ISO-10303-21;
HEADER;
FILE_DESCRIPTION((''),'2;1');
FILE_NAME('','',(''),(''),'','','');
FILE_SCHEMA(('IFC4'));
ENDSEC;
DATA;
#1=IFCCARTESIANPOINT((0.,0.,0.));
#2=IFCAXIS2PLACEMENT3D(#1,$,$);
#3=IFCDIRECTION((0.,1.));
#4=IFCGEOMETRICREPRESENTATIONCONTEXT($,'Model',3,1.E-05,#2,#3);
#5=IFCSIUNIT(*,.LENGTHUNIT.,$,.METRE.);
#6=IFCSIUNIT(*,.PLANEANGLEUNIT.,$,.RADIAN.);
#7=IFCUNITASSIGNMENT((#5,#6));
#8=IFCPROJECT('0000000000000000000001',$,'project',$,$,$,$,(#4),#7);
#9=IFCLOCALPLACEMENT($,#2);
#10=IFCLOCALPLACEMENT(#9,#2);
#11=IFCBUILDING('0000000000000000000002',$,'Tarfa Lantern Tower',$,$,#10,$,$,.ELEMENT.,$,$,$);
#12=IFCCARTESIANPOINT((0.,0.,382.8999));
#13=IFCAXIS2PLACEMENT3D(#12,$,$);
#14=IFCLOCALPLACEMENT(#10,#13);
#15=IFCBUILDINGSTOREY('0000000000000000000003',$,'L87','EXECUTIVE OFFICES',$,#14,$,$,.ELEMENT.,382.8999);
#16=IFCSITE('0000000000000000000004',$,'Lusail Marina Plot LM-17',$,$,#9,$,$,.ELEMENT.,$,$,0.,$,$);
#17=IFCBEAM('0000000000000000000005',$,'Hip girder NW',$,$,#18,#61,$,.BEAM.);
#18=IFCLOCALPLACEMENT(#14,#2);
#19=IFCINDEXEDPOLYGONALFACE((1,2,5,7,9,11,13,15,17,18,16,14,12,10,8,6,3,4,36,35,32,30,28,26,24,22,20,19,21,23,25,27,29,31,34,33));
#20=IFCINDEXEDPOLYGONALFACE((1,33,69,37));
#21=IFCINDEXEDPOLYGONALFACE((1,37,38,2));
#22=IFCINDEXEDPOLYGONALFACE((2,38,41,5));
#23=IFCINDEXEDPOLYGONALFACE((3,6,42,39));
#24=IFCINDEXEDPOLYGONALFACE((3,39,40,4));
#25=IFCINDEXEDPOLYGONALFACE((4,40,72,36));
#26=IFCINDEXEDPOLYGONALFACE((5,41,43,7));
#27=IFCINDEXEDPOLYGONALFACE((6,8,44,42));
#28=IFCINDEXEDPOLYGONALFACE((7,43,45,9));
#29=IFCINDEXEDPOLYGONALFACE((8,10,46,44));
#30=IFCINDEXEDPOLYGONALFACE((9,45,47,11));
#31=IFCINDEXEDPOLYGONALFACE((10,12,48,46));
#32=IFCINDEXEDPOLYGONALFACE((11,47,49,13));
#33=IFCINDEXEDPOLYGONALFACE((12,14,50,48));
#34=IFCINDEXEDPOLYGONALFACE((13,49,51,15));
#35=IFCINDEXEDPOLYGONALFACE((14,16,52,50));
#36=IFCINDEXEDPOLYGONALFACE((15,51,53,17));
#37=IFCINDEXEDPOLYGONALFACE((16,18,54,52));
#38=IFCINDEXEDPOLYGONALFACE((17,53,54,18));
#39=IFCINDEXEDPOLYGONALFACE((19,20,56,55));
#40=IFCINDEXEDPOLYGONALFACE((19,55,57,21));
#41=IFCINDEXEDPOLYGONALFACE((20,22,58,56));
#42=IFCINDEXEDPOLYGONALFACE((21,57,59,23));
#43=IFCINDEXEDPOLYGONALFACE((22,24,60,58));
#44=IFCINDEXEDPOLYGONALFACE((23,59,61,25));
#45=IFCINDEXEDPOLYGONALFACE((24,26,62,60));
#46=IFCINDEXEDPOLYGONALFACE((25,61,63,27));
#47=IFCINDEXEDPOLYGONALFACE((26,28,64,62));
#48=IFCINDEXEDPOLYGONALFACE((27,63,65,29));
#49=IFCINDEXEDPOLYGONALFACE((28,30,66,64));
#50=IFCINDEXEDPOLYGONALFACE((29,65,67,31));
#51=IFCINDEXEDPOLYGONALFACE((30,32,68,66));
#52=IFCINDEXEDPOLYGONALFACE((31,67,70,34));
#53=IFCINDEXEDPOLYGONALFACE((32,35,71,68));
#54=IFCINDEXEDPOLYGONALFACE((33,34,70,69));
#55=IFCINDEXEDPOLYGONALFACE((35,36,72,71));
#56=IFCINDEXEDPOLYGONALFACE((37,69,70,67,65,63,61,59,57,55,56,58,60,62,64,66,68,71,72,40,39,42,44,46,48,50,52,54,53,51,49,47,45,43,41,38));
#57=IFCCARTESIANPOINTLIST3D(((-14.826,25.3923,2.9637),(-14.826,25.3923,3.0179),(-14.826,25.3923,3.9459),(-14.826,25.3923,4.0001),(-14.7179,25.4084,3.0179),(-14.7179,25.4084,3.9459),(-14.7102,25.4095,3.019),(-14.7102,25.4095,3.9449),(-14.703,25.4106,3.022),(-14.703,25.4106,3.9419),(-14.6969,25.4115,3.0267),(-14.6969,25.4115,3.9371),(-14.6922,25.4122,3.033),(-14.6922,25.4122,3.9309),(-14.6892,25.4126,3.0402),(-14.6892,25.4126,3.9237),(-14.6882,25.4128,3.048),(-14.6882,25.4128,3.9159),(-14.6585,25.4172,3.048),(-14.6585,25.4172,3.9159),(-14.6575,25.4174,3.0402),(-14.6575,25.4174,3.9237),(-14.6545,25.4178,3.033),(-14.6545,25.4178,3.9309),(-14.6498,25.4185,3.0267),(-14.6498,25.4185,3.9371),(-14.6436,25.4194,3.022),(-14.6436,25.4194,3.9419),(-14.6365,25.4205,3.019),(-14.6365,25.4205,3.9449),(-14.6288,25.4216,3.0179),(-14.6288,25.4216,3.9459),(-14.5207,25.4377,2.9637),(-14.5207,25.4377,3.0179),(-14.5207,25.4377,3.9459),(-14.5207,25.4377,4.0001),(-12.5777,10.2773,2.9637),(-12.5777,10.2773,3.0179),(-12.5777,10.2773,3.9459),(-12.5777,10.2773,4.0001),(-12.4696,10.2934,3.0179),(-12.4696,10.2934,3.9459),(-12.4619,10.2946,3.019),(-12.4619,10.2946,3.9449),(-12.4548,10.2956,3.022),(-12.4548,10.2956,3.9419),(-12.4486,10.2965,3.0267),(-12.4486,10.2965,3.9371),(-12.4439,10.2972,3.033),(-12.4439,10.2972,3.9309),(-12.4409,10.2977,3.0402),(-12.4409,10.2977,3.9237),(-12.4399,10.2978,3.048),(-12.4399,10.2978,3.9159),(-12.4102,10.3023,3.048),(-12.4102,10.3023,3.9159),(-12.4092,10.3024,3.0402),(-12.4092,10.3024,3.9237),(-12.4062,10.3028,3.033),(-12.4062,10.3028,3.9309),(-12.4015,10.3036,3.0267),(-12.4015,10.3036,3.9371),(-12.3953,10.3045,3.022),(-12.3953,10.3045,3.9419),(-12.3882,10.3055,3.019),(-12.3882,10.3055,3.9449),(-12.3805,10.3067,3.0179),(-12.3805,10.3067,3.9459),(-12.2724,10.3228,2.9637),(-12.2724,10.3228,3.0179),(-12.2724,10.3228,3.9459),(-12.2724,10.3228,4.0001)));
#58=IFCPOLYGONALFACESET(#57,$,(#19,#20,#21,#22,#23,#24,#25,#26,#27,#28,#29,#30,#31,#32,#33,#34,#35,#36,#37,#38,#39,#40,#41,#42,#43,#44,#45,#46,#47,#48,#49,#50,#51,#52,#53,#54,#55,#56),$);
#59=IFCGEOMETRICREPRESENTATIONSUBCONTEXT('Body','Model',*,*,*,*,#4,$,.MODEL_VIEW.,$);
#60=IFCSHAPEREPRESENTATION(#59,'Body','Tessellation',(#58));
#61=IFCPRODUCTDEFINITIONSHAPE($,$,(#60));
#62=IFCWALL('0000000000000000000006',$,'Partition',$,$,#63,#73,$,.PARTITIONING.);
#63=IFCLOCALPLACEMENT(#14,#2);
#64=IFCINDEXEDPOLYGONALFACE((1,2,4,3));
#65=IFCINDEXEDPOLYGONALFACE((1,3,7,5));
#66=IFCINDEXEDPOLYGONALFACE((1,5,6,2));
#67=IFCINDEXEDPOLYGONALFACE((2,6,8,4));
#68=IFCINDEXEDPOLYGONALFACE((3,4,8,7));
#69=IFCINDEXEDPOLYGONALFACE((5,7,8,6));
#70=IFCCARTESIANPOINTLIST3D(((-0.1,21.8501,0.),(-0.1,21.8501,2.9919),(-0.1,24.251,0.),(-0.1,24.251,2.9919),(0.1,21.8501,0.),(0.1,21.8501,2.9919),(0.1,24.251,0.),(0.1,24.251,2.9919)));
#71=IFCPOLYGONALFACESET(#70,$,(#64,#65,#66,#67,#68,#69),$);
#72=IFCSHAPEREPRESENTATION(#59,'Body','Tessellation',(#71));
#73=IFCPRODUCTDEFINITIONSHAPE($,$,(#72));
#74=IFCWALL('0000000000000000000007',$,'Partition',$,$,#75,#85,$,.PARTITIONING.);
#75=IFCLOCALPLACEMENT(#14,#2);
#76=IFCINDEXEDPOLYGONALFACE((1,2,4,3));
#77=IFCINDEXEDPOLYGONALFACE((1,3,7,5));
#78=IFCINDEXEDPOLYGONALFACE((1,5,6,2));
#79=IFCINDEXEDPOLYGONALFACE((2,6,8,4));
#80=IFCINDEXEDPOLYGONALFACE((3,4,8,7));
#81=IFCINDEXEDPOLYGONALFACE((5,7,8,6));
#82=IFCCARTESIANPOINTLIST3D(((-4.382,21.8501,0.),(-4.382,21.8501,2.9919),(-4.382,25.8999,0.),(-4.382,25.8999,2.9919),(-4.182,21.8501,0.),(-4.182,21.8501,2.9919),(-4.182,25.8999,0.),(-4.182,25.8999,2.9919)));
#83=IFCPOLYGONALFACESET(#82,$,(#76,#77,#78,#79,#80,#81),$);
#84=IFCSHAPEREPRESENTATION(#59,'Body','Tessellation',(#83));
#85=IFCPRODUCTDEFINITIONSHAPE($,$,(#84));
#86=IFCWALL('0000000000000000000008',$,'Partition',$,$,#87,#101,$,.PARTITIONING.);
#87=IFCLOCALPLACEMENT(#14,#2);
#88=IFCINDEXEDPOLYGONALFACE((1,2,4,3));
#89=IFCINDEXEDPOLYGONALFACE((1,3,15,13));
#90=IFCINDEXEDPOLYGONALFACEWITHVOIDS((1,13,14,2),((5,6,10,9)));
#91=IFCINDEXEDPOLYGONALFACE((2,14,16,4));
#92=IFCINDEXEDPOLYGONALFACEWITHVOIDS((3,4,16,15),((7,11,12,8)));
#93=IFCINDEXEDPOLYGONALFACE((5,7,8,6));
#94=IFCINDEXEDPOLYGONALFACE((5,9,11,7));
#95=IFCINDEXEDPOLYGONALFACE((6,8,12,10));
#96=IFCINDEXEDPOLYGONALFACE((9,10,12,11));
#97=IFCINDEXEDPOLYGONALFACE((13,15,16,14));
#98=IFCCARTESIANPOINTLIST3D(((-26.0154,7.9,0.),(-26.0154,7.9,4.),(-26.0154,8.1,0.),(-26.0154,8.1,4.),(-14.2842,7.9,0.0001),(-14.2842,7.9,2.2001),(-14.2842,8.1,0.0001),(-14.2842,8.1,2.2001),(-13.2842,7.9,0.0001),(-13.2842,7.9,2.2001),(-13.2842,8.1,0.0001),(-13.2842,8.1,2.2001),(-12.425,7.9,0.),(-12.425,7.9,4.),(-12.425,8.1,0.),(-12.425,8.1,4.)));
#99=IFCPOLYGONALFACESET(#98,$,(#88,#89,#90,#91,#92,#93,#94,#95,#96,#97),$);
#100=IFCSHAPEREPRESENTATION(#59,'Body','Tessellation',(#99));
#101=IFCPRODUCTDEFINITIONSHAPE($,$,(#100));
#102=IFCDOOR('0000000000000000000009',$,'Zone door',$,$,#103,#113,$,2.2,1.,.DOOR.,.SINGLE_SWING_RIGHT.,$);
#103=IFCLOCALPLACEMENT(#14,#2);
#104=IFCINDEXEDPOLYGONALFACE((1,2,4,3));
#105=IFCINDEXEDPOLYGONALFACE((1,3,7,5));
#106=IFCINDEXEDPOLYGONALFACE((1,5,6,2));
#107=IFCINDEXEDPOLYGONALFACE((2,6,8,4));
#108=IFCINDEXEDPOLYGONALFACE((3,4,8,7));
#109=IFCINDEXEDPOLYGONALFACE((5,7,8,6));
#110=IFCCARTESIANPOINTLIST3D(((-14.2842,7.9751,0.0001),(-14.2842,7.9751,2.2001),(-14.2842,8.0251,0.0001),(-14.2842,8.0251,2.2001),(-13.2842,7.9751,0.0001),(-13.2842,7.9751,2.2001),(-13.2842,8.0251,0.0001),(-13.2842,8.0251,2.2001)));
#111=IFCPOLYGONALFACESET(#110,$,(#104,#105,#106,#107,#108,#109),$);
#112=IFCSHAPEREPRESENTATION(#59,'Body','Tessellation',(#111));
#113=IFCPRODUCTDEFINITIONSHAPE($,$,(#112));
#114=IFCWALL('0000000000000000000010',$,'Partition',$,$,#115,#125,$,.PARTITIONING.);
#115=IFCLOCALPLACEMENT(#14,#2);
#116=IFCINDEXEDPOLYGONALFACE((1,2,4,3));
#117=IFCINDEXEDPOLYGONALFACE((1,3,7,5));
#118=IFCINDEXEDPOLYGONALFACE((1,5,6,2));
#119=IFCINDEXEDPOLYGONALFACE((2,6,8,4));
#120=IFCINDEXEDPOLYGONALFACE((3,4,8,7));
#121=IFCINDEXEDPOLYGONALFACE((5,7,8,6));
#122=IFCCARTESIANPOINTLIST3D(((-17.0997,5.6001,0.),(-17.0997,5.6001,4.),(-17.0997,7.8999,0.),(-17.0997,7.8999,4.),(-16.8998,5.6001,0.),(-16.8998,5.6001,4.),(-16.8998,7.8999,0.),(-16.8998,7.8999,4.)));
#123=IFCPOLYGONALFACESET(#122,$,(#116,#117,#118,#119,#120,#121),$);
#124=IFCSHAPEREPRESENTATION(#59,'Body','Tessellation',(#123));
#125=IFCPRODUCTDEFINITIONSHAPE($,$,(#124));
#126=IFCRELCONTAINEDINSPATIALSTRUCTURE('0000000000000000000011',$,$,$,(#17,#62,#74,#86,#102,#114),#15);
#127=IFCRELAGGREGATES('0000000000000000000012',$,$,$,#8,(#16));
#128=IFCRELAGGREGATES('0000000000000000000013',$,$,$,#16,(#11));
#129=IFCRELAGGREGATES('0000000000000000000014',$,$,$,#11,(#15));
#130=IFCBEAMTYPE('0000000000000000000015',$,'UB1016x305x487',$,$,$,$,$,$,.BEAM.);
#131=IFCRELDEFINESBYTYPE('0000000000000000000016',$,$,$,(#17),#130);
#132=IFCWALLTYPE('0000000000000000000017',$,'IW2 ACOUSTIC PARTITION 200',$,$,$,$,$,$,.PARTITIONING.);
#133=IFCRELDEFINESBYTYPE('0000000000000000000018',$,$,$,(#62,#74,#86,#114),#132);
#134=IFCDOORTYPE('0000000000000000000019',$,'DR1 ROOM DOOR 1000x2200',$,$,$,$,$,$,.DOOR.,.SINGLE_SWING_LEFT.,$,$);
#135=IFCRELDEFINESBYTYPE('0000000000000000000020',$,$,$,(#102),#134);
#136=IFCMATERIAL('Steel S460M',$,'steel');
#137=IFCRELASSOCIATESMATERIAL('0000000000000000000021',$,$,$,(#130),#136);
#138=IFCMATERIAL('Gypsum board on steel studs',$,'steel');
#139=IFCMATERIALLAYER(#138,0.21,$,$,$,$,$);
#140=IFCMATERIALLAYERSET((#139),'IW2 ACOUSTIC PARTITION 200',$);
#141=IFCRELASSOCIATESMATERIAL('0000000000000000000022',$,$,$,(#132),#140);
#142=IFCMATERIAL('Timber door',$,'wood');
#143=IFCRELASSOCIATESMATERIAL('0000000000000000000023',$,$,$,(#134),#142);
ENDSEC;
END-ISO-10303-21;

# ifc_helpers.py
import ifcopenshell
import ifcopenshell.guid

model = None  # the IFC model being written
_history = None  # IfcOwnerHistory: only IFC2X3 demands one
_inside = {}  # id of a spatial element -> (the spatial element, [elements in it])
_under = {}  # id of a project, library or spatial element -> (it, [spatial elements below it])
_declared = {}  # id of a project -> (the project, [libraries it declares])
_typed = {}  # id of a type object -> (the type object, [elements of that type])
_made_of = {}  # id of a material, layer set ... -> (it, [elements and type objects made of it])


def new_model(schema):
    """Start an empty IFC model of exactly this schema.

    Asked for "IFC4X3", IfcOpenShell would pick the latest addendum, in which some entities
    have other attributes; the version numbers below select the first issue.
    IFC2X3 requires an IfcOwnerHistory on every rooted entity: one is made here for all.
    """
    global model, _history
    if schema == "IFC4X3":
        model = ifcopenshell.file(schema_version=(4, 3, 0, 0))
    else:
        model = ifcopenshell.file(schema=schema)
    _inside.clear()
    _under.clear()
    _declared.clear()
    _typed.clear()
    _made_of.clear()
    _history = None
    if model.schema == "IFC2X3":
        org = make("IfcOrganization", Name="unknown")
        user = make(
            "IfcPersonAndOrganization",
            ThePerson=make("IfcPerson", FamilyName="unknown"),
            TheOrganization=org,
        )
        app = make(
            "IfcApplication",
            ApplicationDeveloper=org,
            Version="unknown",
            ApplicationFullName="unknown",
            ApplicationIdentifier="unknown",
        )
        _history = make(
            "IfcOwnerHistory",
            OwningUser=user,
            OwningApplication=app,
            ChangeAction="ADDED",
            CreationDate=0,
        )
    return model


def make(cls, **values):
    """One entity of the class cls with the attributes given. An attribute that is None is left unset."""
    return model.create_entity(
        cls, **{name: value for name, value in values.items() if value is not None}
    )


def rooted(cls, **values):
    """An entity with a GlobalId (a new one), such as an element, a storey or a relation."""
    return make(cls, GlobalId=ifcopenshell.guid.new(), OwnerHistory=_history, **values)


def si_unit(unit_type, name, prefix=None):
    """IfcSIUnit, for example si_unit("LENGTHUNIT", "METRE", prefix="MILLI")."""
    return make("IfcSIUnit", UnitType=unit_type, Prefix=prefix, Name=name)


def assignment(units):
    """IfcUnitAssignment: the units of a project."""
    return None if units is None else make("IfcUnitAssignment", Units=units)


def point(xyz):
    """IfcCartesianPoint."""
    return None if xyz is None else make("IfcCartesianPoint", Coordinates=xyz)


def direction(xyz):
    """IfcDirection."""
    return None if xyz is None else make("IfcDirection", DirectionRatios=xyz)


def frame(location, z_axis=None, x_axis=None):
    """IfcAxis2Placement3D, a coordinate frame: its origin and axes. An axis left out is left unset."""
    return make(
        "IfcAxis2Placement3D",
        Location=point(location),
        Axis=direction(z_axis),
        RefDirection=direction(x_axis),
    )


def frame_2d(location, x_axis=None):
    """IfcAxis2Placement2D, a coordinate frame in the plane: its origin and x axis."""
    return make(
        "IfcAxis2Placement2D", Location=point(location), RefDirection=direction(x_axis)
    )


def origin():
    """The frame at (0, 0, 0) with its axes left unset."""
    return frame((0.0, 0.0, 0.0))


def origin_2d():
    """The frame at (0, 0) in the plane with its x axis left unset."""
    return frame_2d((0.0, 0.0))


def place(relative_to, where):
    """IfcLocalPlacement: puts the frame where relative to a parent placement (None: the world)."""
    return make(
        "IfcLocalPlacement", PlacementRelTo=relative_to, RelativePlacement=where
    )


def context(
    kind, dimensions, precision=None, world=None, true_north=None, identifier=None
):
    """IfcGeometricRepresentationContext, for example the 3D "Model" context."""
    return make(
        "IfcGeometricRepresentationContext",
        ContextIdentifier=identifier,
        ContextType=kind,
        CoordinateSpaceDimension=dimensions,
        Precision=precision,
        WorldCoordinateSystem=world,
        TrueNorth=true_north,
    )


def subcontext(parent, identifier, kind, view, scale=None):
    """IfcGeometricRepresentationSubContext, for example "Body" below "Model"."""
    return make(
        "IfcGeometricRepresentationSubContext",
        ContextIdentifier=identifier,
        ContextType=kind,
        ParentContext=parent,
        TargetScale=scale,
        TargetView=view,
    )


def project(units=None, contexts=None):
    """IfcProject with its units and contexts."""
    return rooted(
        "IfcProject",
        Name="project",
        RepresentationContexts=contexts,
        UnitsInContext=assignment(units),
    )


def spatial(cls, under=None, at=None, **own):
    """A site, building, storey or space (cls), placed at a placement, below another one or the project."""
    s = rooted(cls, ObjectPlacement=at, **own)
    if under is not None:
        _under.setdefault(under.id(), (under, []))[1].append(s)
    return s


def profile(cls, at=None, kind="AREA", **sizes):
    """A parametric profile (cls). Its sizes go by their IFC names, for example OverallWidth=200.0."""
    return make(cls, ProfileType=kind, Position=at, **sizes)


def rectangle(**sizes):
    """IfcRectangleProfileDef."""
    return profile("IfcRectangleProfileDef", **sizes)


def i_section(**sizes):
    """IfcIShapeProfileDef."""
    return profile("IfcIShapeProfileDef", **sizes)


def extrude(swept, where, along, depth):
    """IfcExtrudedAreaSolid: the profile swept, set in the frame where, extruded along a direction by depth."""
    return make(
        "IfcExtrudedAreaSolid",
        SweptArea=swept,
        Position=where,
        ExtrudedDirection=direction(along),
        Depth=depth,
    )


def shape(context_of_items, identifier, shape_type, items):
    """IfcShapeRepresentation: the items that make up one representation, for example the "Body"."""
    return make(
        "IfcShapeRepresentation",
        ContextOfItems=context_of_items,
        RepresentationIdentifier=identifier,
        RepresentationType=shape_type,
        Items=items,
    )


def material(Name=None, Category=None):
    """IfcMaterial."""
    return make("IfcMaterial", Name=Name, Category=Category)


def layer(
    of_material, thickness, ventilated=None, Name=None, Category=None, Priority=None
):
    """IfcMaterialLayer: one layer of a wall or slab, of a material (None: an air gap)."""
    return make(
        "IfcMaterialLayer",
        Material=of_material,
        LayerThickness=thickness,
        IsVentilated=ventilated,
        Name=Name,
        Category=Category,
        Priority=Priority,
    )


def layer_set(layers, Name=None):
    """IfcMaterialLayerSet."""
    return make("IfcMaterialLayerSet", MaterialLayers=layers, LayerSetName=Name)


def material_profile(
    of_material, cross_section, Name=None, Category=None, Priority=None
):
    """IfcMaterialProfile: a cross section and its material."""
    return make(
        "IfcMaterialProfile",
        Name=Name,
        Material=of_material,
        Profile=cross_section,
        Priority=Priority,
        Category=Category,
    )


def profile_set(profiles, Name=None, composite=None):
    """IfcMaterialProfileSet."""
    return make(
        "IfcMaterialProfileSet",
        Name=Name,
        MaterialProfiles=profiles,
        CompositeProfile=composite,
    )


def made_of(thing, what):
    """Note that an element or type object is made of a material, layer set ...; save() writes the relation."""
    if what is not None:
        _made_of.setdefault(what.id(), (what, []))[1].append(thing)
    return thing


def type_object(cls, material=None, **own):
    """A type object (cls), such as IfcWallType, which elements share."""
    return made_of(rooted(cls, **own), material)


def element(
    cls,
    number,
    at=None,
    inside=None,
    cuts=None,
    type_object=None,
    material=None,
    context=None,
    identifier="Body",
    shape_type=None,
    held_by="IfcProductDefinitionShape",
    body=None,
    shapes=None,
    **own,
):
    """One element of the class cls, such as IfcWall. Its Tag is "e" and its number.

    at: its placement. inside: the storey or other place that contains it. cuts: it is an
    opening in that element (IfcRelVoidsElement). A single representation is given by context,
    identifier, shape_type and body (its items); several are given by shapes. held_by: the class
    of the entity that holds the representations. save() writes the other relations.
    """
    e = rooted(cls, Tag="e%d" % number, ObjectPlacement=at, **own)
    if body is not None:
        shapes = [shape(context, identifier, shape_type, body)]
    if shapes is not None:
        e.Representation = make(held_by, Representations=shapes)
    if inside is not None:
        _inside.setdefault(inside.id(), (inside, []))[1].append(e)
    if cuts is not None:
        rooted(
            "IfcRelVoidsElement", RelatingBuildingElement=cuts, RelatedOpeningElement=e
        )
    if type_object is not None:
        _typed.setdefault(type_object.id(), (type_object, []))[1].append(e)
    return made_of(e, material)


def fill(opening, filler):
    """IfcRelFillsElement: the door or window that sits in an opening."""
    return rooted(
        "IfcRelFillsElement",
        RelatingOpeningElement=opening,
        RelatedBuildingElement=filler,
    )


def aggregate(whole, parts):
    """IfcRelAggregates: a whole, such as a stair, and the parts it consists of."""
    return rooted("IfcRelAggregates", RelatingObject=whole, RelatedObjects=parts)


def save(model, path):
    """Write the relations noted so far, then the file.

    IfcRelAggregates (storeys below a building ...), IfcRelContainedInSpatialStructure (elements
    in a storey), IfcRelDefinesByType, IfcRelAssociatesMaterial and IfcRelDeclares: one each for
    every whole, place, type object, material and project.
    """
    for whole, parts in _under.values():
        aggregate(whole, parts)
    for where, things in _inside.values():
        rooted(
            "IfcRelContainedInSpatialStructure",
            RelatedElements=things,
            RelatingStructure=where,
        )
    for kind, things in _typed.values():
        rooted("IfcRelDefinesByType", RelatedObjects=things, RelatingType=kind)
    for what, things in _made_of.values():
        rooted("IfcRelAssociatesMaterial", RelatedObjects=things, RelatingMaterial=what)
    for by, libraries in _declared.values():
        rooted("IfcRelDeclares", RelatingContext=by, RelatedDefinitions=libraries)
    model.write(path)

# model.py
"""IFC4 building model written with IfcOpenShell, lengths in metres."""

from ifc_helpers import new_model, si_unit, direction, frame, frame_2d, origin, origin_2d, place, context, subcontext, project, spatial, rectangle, i_section, extrude, material, layer, layer_set, material_profile, profile_set, type_object, element, fill, save


model = new_model("IFC4")

# Units and contexts
model_context = context("Model", 3, precision=1e-05, world=origin(), true_north=direction((0.0, 1.0)))
body_context = subcontext(model_context, "Body", "Model", "MODEL_VIEW")
ifc_project = project(units=[si_unit("LENGTHUNIT", "METRE"), si_unit("PLANEANGLEUNIT", "RADIAN")], contexts=[model_context])

# Site, building, storey
site_placement = place(None, origin())
site = spatial("IfcSite", under=ifc_project, at=site_placement, Name="Lusail Marina Plot LM-17", CompositionType="ELEMENT", RefElevation=0.0)
building_placement = place(site_placement, origin())
building = spatial("IfcBuilding", under=site, at=building_placement, Name="Tarfa Lantern Tower", CompositionType="ELEMENT")
storey_placement = place(building_placement, frame((0.0, 0.0, 382.8999)))
storey = spatial("IfcBuildingStorey", under=building, at=storey_placement, Name="L87", Description="EXECUTIVE OFFICES", CompositionType="ELEMENT", Elevation=382.8999)

# Beam
ifc_material_1 = material(Name="Steel S460M", Category="steel")
ifc_material_profile = material_profile(ifc_material_1, i_section(OverallWidth=0.3086, OverallDepth=1.0364, WebThickness=0.03, FlangeThickness=0.0542, FilletRadius=0.03, at=origin_2d()), Name="UB1016x305x487")
ifc_profile_set = profile_set([ifc_material_profile], Name="Steel S460M")
beam_type = type_object("IfcBeamType", Name="UB1016x305x487", PredefinedType="BEAM", material=ifc_profile_set)
beam_placement = place(storey_placement, frame((-12.425, 10.3, 3.4819), z_axis=(-0.147127, 0.989118, 0.0), x_axis=(-0.989118, -0.147127, 0.0)))
element("IfcBeam", 1, at=beam_placement, inside=storey, type_object=beam_type, Name="Hip girder NW", PredefinedType="BEAM", context=body_context, shape_type="SweptSolid", body=[
    extrude(i_section(OverallWidth=0.3086, OverallDepth=1.0364, WebThickness=0.03, FlangeThickness=0.0542, FilletRadius=0.03, at=origin_2d()), origin(), (0.0, 0.0, 1.0), 15.2812),
])

# Walls
ifc_material_2 = material(Name="Gypsum board on steel studs", Category="steel")
ifc_layer_1 = layer(ifc_material_2, 0.21)
ifc_layer_set_1 = layer_set([ifc_layer_1], Name="IW2 ACOUSTIC PARTITION 200")
wall_type_1 = type_object("IfcWallType", Name="IW2 ACOUSTIC PARTITION 200", PredefinedType="PARTITIONING", material=ifc_layer_set_1)
wall_1_placement = place(storey_placement, frame((0.0, 21.8501, 0.0), z_axis=(0.0, 0.0, 1.0), x_axis=(0.0, 1.0, 0.0)))
element("IfcWall", 2, at=wall_1_placement, inside=storey, type_object=wall_type_1, Name="Partition", PredefinedType="PARTITIONING", context=body_context, shape_type="SweptSolid", body=[
    extrude(rectangle(XDim=2.4009, YDim=0.2, at=frame_2d((1.2004, 0.0))), origin(), (0.0, 0.0, 1.0), 2.9919),
])
wall_2_placement = place(storey_placement, frame((-4.282, 21.8501, 0.0), z_axis=(0.0, 0.0, 1.0), x_axis=(0.0, 1.0, 0.0)))
element("IfcWall", 3, at=wall_2_placement, inside=storey, type_object=wall_type_1, Name="Partition", PredefinedType="PARTITIONING", context=body_context, shape_type="SweptSolid", body=[
    extrude(rectangle(XDim=4.0498, YDim=0.2, at=frame_2d((2.0249, 0.0))), origin(), (0.0, 0.0, 1.0), 2.9919),
])

# Wall, opening, door
wall_3_placement = place(storey_placement, frame((-12.425, 8.0, 0.0), z_axis=(0.0, 0.0, 1.0), x_axis=(-1.0, 0.0, 0.0)))
wall_3 = element("IfcWall", 4, at=wall_3_placement, inside=storey, type_object=wall_type_1, Name="Partition", PredefinedType="PARTITIONING", context=body_context, shape_type="SweptSolid", body=[
    extrude(rectangle(XDim=13.5903, YDim=0.2, at=frame_2d((6.7952, 0.0))), origin(), (0.0, 0.0, 1.0), 4.0),
])
opening_1_placement = place(wall_3_placement, frame((0.8591, 0.0, 0.0)))
opening_1 = element("IfcOpeningElement", 5, at=opening_1_placement, cuts=wall_3, PredefinedType="OPENING", context=body_context, shape_type="SweptSolid", body=[
    extrude(rectangle(XDim=1.0, YDim=2.2, at=frame_2d((0.5, 1.1001))), frame((0.0, 0.1099, 0.0), z_axis=(0.0, -1.0, 0.0), x_axis=(1.0, 0.0, 0.0)), (0.0, 0.0, 1.0), 0.22),
])
ifc_material_3 = material(Name="Timber door", Category="wood")
door_type_1 = type_object("IfcDoorType", Name="DR1 ROOM DOOR 1000x2200", OperationType="SINGLE_SWING_LEFT", PredefinedType="DOOR", material=ifc_material_3)
door_1_placement = place(opening_1_placement, origin())
door_1 = element("IfcDoor", 6, at=door_1_placement, inside=storey, type_object=door_type_1, Name="Zone door", OperationType="SINGLE_SWING_RIGHT", OverallHeight=2.2, OverallWidth=1.0, PredefinedType="DOOR", context=body_context, shape_type="SweptSolid", body=[
    extrude(rectangle(XDim=1.0, YDim=2.2, at=frame_2d((0.5, 1.1001))), frame((0.0, 0.0249, 0.0), z_axis=(0.0, -1.0, 0.0), x_axis=(1.0, 0.0, 0.0)), (0.0, 0.0, 1.0), 0.05),
])
fill(opening_1, door_1)

# Wall
wall_4_placement = place(storey_placement, frame((-16.9998, 7.8999, 0.0), z_axis=(0.0, 0.0, 1.0), x_axis=(0.0, -1.0, 0.0)))
element("IfcWall", 7, at=wall_4_placement, inside=storey, type_object=wall_type_1, Name="Partition", PredefinedType="PARTITIONING", context=body_context, shape_type="SweptSolid", body=[
    extrude(rectangle(XDim=2.2998, YDim=0.2, at=frame_2d((1.1499, 0.0))), origin(), (0.0, 0.0, 1.0), 4.0),
])

save(model, "model.ifc")
